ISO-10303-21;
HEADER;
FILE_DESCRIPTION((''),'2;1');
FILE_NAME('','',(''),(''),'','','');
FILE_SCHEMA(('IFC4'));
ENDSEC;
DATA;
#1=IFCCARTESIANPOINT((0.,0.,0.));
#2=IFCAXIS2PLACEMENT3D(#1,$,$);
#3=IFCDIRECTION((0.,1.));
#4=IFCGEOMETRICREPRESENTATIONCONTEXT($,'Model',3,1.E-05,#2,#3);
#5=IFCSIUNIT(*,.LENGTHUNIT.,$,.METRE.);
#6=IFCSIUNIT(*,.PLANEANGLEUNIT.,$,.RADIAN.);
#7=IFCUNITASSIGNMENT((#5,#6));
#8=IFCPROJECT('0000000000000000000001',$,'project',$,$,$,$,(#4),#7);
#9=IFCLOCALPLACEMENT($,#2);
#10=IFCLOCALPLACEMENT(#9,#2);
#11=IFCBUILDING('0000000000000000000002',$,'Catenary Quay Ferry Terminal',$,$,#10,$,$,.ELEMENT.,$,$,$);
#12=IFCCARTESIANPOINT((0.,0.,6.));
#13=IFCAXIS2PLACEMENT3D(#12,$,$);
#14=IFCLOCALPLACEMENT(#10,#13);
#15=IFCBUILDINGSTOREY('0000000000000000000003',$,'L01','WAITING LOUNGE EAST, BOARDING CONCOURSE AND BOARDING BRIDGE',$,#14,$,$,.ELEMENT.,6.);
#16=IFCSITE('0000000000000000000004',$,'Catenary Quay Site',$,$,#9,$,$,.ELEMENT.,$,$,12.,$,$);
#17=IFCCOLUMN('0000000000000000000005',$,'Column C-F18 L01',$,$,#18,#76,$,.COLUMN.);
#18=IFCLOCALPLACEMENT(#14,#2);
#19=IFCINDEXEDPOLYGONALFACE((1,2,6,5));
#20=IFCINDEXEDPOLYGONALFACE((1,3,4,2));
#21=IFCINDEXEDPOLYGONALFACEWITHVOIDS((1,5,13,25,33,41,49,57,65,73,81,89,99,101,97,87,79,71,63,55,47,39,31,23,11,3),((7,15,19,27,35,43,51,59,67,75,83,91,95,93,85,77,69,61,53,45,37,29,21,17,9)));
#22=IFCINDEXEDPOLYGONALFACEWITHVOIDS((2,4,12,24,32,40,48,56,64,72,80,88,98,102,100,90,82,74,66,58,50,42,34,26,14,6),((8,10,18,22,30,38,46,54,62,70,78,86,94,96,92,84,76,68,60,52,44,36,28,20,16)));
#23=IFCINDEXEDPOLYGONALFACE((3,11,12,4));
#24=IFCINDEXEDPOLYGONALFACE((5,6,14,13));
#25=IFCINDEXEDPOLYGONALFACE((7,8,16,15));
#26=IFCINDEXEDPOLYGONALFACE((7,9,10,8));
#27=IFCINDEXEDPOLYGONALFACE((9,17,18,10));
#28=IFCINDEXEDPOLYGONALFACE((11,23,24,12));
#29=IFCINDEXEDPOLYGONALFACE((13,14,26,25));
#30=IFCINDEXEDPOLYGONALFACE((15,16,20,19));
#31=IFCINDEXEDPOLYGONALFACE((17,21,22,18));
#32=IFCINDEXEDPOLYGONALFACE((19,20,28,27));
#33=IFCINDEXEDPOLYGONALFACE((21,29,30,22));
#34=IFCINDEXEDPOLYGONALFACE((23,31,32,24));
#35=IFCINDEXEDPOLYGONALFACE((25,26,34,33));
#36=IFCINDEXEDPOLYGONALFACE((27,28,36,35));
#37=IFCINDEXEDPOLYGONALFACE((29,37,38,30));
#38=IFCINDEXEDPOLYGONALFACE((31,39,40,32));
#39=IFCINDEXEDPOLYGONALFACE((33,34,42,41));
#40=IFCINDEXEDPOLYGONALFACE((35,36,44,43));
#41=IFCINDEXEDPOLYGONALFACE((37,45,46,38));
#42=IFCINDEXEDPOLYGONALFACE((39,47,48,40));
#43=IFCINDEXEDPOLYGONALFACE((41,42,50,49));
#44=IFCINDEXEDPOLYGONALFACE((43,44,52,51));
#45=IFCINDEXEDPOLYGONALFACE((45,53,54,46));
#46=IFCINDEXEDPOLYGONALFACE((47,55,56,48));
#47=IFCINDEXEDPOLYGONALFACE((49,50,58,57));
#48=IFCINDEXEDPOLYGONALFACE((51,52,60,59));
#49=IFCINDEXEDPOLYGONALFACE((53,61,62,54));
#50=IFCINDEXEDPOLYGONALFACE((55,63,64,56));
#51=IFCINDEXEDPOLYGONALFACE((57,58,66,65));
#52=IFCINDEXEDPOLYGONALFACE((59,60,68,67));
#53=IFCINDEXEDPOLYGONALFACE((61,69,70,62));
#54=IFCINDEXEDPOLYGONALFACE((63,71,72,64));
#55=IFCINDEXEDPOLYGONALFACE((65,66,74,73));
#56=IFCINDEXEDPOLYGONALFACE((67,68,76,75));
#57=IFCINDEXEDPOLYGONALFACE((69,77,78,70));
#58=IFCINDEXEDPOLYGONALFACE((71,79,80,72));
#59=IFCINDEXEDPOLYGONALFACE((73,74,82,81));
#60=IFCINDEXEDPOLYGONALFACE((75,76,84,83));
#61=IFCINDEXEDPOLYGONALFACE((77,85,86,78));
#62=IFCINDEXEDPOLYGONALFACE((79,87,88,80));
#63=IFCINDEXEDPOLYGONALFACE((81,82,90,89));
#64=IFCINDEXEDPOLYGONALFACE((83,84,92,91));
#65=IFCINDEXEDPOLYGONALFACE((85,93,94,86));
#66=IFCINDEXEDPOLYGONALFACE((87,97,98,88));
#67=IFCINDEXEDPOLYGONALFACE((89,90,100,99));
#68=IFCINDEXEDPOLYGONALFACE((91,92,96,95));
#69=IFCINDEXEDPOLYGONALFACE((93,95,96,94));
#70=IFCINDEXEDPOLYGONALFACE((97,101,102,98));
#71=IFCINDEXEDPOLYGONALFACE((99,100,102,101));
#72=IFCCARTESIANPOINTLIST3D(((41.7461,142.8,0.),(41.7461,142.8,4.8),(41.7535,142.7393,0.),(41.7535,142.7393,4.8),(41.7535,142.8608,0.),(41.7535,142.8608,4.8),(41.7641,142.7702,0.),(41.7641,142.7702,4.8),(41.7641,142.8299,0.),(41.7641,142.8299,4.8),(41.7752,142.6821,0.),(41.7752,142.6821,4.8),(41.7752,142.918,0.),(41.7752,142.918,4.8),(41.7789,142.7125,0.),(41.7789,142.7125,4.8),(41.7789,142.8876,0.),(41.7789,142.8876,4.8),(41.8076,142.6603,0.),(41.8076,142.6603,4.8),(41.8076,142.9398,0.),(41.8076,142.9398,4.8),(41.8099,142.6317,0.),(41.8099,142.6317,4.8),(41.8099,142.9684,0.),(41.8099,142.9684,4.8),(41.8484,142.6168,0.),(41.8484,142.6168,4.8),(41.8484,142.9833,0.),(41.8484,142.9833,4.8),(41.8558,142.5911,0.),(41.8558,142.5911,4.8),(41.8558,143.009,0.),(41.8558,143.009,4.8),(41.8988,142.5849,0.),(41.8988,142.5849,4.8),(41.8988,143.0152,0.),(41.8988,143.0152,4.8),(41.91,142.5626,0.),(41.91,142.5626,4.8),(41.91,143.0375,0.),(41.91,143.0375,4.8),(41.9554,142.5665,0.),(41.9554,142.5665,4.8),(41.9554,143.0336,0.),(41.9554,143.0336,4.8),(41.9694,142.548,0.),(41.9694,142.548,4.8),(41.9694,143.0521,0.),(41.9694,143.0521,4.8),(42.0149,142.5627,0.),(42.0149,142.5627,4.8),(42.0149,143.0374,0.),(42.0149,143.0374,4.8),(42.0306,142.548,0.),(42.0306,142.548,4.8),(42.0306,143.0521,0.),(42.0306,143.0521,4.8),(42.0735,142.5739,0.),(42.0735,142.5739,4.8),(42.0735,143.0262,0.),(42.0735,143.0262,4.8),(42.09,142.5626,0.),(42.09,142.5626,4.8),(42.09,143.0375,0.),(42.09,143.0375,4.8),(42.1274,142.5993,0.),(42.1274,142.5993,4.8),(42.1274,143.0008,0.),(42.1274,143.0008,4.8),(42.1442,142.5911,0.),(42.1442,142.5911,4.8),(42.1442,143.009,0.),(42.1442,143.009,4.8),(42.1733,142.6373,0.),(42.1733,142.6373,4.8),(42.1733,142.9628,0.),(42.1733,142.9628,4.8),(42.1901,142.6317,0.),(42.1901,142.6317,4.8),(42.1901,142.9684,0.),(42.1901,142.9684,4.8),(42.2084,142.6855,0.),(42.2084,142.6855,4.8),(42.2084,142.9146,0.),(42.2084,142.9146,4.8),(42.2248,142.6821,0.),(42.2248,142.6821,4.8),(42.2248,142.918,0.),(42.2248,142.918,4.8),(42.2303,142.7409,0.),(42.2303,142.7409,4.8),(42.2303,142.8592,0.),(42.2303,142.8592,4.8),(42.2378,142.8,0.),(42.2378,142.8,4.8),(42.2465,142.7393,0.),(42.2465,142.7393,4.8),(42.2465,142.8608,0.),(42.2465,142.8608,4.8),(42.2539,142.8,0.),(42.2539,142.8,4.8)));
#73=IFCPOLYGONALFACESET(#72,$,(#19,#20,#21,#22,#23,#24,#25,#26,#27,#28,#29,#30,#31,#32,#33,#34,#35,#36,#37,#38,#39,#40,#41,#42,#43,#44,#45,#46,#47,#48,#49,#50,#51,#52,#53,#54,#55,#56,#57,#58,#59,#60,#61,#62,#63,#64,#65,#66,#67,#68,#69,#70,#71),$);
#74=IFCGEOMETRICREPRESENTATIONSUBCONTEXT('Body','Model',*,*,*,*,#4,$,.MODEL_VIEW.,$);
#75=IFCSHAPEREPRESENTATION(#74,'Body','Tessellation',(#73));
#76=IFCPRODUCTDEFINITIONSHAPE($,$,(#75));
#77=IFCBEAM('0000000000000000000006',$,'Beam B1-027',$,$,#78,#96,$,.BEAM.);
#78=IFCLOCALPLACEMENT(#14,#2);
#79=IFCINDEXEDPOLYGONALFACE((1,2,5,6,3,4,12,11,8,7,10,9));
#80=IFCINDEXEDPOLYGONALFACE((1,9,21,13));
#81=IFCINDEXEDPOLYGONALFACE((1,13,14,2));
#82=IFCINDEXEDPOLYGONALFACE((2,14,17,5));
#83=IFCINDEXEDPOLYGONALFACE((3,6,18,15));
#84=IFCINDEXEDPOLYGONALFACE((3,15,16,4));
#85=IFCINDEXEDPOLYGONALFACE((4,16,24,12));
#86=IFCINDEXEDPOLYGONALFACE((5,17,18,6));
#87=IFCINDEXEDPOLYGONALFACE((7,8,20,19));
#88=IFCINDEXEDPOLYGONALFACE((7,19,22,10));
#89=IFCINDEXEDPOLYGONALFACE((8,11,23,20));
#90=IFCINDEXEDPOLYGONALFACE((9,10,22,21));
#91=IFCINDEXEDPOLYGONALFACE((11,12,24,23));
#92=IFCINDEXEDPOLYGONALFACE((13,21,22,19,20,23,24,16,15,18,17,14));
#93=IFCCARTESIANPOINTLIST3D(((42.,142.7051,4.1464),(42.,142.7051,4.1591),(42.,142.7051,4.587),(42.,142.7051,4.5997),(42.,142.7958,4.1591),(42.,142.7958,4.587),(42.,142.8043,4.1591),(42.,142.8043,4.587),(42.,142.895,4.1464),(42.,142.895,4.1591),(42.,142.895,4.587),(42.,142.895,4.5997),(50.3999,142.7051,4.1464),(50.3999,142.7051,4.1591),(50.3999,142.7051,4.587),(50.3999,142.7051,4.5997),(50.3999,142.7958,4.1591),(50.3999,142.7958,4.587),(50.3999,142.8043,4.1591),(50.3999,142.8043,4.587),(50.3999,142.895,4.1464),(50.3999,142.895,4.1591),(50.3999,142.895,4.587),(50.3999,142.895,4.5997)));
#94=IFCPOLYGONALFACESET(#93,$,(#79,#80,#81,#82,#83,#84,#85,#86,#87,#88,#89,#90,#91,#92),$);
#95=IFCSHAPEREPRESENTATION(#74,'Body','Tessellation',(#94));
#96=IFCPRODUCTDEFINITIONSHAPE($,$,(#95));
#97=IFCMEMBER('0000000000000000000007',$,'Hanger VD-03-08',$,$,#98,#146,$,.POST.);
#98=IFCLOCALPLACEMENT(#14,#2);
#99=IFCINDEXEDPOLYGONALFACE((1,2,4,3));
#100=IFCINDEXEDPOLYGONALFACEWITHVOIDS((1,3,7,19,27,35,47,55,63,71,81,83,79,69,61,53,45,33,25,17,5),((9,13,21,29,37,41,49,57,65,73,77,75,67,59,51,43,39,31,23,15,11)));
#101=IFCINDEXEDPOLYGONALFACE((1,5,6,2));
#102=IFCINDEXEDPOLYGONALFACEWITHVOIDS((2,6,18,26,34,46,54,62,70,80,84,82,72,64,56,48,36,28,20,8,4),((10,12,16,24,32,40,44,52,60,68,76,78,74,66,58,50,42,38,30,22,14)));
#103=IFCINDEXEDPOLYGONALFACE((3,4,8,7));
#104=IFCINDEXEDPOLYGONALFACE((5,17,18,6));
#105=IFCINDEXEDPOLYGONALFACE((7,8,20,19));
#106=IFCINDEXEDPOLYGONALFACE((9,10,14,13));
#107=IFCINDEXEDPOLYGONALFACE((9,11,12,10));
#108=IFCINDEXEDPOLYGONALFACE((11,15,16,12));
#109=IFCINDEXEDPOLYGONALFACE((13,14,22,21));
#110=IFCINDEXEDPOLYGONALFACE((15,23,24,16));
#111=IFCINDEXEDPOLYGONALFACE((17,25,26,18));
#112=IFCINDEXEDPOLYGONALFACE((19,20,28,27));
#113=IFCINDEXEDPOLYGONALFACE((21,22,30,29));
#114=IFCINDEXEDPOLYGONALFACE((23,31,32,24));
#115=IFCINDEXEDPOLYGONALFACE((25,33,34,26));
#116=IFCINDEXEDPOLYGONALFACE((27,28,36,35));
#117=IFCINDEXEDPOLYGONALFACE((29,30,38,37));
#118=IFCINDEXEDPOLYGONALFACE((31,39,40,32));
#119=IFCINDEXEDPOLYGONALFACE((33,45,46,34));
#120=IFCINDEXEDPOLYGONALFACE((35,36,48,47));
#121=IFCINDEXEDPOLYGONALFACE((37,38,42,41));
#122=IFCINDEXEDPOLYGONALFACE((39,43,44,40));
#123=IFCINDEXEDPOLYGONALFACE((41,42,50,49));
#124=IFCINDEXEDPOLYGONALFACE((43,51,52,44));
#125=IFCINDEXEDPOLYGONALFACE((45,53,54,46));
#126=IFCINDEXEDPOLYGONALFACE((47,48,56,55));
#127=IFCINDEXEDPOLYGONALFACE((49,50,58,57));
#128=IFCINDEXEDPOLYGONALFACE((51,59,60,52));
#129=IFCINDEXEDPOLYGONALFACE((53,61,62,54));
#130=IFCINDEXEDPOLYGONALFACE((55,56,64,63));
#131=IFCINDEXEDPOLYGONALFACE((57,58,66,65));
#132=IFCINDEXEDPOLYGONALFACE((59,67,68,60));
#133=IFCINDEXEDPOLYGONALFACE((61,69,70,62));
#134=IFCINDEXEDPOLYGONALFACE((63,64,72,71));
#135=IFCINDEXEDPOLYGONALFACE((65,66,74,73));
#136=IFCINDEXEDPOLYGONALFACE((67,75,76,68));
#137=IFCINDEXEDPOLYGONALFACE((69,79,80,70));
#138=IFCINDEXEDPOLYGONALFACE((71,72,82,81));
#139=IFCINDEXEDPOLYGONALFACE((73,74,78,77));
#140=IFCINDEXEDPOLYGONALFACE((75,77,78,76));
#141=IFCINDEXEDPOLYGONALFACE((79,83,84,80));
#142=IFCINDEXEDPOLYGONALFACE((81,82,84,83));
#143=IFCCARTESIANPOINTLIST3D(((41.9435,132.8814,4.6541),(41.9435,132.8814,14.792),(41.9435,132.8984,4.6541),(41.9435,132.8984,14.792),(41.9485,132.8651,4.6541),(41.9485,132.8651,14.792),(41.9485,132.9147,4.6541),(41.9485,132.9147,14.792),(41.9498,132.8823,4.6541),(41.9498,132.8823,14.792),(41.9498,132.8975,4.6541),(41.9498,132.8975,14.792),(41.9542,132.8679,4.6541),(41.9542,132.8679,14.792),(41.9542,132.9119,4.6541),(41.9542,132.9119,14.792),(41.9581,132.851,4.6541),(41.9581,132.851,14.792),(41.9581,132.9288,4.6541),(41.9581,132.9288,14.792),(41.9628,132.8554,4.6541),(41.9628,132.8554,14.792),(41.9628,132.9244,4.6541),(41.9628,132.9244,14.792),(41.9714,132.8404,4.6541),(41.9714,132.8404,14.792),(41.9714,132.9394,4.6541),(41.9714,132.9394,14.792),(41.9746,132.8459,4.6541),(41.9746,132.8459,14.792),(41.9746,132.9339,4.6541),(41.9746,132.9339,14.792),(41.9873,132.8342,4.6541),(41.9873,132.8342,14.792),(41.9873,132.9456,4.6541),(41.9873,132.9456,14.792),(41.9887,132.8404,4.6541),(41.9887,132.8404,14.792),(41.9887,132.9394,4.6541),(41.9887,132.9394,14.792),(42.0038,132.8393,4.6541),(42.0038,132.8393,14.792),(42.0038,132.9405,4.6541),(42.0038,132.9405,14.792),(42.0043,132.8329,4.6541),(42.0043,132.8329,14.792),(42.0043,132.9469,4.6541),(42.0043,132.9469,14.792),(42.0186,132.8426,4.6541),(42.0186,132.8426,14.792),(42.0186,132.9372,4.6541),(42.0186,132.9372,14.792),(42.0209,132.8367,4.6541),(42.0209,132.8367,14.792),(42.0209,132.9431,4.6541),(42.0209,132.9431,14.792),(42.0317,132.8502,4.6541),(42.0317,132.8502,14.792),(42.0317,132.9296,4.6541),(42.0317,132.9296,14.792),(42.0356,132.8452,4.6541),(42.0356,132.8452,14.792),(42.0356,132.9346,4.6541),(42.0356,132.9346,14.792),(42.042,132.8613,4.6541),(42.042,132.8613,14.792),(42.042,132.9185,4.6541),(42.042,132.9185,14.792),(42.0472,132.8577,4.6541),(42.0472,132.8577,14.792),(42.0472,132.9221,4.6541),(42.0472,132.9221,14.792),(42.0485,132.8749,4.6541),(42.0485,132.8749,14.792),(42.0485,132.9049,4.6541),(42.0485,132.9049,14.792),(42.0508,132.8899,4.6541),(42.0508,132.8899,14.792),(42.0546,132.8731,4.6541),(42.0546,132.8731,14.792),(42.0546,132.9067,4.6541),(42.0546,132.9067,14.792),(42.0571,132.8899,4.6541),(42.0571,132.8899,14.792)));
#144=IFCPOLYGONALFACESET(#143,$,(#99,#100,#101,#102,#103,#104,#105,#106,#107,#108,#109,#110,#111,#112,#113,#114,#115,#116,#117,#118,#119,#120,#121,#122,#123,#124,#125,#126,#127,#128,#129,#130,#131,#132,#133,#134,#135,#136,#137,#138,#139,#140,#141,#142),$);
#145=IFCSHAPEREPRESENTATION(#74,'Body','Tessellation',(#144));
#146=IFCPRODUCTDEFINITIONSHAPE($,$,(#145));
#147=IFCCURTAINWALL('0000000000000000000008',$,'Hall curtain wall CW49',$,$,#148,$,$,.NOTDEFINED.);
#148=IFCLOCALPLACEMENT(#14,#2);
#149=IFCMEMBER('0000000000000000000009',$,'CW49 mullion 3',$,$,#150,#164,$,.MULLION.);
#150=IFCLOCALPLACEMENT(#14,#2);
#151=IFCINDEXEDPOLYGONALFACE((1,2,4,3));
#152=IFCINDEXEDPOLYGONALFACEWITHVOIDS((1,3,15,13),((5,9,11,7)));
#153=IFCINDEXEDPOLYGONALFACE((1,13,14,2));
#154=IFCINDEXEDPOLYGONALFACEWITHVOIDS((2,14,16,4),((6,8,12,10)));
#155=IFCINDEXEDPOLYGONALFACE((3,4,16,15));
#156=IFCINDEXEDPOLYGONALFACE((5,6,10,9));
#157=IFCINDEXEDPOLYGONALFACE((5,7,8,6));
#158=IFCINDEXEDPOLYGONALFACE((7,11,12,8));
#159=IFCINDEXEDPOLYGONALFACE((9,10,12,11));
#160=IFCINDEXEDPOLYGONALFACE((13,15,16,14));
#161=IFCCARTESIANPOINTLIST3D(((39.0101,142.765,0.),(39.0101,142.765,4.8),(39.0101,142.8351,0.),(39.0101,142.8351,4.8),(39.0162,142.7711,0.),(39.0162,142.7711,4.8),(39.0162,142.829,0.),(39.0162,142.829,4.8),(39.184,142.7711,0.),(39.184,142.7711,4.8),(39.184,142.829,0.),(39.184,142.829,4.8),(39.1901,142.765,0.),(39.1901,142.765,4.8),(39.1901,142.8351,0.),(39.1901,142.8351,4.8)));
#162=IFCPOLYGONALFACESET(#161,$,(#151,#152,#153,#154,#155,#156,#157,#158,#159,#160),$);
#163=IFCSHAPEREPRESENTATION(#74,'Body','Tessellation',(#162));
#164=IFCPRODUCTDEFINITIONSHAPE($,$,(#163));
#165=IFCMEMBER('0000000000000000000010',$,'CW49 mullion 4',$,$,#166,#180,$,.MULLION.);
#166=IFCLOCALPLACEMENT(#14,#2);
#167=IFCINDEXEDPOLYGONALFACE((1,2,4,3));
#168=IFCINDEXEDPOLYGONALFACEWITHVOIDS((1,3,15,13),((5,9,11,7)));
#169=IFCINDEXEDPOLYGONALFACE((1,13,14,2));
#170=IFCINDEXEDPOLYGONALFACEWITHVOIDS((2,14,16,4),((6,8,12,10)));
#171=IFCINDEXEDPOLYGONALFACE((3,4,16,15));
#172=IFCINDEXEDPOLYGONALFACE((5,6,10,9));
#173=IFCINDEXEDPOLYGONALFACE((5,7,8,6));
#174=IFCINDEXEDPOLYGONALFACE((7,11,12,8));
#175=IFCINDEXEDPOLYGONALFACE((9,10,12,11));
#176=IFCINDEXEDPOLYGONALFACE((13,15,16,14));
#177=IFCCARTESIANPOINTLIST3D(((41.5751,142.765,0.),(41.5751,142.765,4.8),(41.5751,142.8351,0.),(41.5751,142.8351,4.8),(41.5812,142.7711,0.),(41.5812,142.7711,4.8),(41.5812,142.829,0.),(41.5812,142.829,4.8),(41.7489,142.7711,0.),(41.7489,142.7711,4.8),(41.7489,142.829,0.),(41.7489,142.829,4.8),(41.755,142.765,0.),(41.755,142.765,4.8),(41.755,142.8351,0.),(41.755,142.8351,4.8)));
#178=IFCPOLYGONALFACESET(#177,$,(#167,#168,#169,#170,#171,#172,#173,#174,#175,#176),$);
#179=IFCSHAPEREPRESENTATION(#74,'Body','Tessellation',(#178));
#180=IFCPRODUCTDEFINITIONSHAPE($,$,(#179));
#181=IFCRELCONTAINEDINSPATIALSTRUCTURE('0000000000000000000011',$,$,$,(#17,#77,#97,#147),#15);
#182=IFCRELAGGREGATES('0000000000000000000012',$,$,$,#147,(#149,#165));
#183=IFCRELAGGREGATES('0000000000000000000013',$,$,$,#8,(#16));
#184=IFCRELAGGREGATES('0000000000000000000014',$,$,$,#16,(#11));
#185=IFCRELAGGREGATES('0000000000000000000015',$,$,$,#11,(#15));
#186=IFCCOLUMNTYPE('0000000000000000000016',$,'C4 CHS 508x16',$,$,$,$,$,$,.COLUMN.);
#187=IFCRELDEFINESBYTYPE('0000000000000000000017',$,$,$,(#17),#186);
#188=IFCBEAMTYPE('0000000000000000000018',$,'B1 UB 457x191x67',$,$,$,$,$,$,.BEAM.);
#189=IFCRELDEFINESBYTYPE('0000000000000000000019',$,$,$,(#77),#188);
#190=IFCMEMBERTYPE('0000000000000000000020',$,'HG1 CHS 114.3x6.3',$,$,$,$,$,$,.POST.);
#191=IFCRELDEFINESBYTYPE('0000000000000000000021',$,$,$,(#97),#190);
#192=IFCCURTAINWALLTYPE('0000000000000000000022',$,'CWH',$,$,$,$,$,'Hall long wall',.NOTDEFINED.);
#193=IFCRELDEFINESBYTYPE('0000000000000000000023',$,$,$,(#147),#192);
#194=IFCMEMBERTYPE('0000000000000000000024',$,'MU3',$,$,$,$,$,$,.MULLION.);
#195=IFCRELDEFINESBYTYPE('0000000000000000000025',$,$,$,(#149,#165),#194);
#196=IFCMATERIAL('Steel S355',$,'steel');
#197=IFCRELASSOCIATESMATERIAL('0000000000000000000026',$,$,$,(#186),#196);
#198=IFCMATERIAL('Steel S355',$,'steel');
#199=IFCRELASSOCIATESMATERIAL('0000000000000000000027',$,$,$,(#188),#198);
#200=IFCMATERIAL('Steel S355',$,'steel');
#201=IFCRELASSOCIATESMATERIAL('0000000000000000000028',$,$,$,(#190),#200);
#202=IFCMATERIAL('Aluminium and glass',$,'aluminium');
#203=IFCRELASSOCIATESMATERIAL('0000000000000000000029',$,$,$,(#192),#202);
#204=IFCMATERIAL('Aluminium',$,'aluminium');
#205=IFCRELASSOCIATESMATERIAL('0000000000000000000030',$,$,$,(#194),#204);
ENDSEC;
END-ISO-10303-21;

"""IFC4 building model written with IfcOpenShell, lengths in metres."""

from ifc_helpers import new_model, si_unit, direction, frame, origin, origin_2d, place, context, subcontext, project, spatial, hollow_rectangle, hollow_circle, i_section, extrude, material, material_profile, profile_set, type_object, element, aggregate, save


model = new_model("IFC4")

# Units and contexts
model_context = context("Model", 3, precision=1e-05, world=origin(), true_north=direction((0.0, 1.0)))
body_context = subcontext(model_context, "Body", "Model", "MODEL_VIEW")
ifc_project = project(units=[si_unit("LENGTHUNIT", "METRE"), si_unit("PLANEANGLEUNIT", "RADIAN")], contexts=[model_context])

# Site, building, storey
site_placement = place(None, origin())
site = spatial("IfcSite", under=ifc_project, at=site_placement, Name="Catenary Quay Site", CompositionType="ELEMENT", RefElevation=12.0)
building_placement = place(site_placement, origin())
building = spatial("IfcBuilding", under=site, at=building_placement, Name="Catenary Quay Ferry Terminal", CompositionType="ELEMENT")
storey_placement = place(building_placement, frame((0.0, 0.0, 6.0)))
storey = spatial("IfcBuildingStorey", under=building, at=storey_placement, Name="L01", Description="WAITING LOUNGE EAST, BOARDING CONCOURSE AND BOARDING BRIDGE", CompositionType="ELEMENT", Elevation=6.0)

# Column
ifc_material_1 = material(Name="Steel S355", Category="steel")
ifc_material_profile_1 = material_profile(ifc_material_1, hollow_circle(Radius=0.2539, WallThickness=0.0161, at=origin_2d()), Name="CHS 508x16")
ifc_profile_set_1 = profile_set([ifc_material_profile_1], Name="Steel S355")
column_type = type_object("IfcColumnType", Name="C4 CHS 508x16", PredefinedType="COLUMN", material=ifc_profile_set_1)
column_placement = place(storey_placement, frame((42.0, 142.8, 0.0), z_axis=(0.0, 0.0, 1.0), x_axis=(1.0, 0.0, 0.0)))
element("IfcColumn", 1, at=column_placement, inside=storey, type_object=column_type, Name="Column C-F18 L01", PredefinedType="COLUMN", context=body_context, shape_type="SweptSolid", body=[
    extrude(hollow_circle(Radius=0.2539, WallThickness=0.0161, at=origin_2d()), origin(), (0.0, 0.0, 1.0), 4.8),
])

# Beam
ifc_material_2 = material(Name="Steel S355", Category="steel")
ifc_material_profile_2 = material_profile(ifc_material_2, i_section(OverallWidth=0.1899, OverallDepth=0.4534, WebThickness=0.0085, FlangeThickness=0.0127, at=origin_2d()), Name="UB 457x191x67")
ifc_profile_set_2 = profile_set([ifc_material_profile_2], Name="Steel S355")
beam_type = type_object("IfcBeamType", Name="B1 UB 457x191x67", PredefinedType="BEAM", material=ifc_profile_set_2)
beam_placement = place(storey_placement, frame((42.0, 142.8, 4.373), z_axis=(1.0, 0.0, 0.0), x_axis=(0.0, 1.0, 0.0)))
element("IfcBeam", 2, at=beam_placement, inside=storey, type_object=beam_type, Name="Beam B1-027", PredefinedType="BEAM", context=body_context, shape_type="SweptSolid", body=[
    extrude(i_section(OverallWidth=0.1899, OverallDepth=0.4534, WebThickness=0.0085, FlangeThickness=0.0127, at=origin_2d()), origin(), (0.0, 0.0, 1.0), 8.3999),
])

# Member
ifc_material_3 = material(Name="Steel S355", Category="steel")
ifc_material_profile_3 = material_profile(ifc_material_3, hollow_circle(Radius=0.0571, WallThickness=0.0063, at=origin_2d()), Name="CHS 114.3x6.3")
ifc_profile_set_3 = profile_set([ifc_material_profile_3], Name="Steel S355")
member_type_1 = type_object("IfcMemberType", Name="HG1 CHS 114.3x6.3", PredefinedType="POST", material=ifc_profile_set_3)
member_1_placement = place(storey_placement, frame((42.0, 132.8899, 4.6541), z_axis=(0.0, 0.0, 1.0), x_axis=(1.0, 0.0, 0.0)))
element("IfcMember", 3, at=member_1_placement, inside=storey, type_object=member_type_1, Name="Hanger VD-03-08", PredefinedType="POST", context=body_context, shape_type="SweptSolid", body=[
    extrude(hollow_circle(Radius=0.0571, WallThickness=0.0063, at=origin_2d()), origin(), (0.0, 0.0, 1.0), 10.1379),
])

# Curtain wall, members
ifc_material_4 = material(Name="Aluminium and glass", Category="aluminium")
curtain_wall_type = type_object("IfcCurtainWallType", Name="CWH", ElementType="Hall long wall", PredefinedType="NOTDEFINED", material=ifc_material_4)
curtain_wall_1_placement = place(storey_placement, origin())
curtain_wall_1 = element("IfcCurtainWall", 4, at=curtain_wall_1_placement, inside=storey, type_object=curtain_wall_type, Name="Hall curtain wall CW49", PredefinedType="NOTDEFINED")
ifc_material_5 = material(Name="Aluminium", Category="aluminium")
ifc_material_profile_4 = material_profile(ifc_material_5, hollow_rectangle(XDim=0.0701, YDim=0.1799, WallThickness=0.0061, at=origin_2d()), Name="MU3")
ifc_profile_set_4 = profile_set([ifc_material_profile_4], Name="Aluminium")
member_type_2 = type_object("IfcMemberType", Name="MU3", PredefinedType="MULLION", material=ifc_profile_set_4)
member_2_placement = place(storey_placement, frame((39.1001, 142.8, 0.0), z_axis=(0.0, 0.0, 1.0), x_axis=(0.0, 1.0, 0.0)))
member_2 = element("IfcMember", 5, at=member_2_placement, type_object=member_type_2, Name="CW49 mullion 3", PredefinedType="MULLION", context=body_context, shape_type="SweptSolid", body=[
    extrude(hollow_rectangle(XDim=0.0701, YDim=0.1799, WallThickness=0.0061, at=origin_2d()), origin(), (0.0, 0.0, 1.0), 4.8),
])
member_3_placement = place(storey_placement, frame((41.665, 142.8, 0.0), z_axis=(0.0, 0.0, 1.0), x_axis=(0.0, 1.0, 0.0)))
member_3 = element("IfcMember", 6, at=member_3_placement, type_object=member_type_2, Name="CW49 mullion 4", PredefinedType="MULLION", context=body_context, shape_type="SweptSolid", body=[
    extrude(hollow_rectangle(XDim=0.0701, YDim=0.1799, WallThickness=0.0061, at=origin_2d()), origin(), (0.0, 0.0, 1.0), 4.8),
])

aggregate(curtain_wall_1, [member_2, member_3])

save(model, "model.ifc")
